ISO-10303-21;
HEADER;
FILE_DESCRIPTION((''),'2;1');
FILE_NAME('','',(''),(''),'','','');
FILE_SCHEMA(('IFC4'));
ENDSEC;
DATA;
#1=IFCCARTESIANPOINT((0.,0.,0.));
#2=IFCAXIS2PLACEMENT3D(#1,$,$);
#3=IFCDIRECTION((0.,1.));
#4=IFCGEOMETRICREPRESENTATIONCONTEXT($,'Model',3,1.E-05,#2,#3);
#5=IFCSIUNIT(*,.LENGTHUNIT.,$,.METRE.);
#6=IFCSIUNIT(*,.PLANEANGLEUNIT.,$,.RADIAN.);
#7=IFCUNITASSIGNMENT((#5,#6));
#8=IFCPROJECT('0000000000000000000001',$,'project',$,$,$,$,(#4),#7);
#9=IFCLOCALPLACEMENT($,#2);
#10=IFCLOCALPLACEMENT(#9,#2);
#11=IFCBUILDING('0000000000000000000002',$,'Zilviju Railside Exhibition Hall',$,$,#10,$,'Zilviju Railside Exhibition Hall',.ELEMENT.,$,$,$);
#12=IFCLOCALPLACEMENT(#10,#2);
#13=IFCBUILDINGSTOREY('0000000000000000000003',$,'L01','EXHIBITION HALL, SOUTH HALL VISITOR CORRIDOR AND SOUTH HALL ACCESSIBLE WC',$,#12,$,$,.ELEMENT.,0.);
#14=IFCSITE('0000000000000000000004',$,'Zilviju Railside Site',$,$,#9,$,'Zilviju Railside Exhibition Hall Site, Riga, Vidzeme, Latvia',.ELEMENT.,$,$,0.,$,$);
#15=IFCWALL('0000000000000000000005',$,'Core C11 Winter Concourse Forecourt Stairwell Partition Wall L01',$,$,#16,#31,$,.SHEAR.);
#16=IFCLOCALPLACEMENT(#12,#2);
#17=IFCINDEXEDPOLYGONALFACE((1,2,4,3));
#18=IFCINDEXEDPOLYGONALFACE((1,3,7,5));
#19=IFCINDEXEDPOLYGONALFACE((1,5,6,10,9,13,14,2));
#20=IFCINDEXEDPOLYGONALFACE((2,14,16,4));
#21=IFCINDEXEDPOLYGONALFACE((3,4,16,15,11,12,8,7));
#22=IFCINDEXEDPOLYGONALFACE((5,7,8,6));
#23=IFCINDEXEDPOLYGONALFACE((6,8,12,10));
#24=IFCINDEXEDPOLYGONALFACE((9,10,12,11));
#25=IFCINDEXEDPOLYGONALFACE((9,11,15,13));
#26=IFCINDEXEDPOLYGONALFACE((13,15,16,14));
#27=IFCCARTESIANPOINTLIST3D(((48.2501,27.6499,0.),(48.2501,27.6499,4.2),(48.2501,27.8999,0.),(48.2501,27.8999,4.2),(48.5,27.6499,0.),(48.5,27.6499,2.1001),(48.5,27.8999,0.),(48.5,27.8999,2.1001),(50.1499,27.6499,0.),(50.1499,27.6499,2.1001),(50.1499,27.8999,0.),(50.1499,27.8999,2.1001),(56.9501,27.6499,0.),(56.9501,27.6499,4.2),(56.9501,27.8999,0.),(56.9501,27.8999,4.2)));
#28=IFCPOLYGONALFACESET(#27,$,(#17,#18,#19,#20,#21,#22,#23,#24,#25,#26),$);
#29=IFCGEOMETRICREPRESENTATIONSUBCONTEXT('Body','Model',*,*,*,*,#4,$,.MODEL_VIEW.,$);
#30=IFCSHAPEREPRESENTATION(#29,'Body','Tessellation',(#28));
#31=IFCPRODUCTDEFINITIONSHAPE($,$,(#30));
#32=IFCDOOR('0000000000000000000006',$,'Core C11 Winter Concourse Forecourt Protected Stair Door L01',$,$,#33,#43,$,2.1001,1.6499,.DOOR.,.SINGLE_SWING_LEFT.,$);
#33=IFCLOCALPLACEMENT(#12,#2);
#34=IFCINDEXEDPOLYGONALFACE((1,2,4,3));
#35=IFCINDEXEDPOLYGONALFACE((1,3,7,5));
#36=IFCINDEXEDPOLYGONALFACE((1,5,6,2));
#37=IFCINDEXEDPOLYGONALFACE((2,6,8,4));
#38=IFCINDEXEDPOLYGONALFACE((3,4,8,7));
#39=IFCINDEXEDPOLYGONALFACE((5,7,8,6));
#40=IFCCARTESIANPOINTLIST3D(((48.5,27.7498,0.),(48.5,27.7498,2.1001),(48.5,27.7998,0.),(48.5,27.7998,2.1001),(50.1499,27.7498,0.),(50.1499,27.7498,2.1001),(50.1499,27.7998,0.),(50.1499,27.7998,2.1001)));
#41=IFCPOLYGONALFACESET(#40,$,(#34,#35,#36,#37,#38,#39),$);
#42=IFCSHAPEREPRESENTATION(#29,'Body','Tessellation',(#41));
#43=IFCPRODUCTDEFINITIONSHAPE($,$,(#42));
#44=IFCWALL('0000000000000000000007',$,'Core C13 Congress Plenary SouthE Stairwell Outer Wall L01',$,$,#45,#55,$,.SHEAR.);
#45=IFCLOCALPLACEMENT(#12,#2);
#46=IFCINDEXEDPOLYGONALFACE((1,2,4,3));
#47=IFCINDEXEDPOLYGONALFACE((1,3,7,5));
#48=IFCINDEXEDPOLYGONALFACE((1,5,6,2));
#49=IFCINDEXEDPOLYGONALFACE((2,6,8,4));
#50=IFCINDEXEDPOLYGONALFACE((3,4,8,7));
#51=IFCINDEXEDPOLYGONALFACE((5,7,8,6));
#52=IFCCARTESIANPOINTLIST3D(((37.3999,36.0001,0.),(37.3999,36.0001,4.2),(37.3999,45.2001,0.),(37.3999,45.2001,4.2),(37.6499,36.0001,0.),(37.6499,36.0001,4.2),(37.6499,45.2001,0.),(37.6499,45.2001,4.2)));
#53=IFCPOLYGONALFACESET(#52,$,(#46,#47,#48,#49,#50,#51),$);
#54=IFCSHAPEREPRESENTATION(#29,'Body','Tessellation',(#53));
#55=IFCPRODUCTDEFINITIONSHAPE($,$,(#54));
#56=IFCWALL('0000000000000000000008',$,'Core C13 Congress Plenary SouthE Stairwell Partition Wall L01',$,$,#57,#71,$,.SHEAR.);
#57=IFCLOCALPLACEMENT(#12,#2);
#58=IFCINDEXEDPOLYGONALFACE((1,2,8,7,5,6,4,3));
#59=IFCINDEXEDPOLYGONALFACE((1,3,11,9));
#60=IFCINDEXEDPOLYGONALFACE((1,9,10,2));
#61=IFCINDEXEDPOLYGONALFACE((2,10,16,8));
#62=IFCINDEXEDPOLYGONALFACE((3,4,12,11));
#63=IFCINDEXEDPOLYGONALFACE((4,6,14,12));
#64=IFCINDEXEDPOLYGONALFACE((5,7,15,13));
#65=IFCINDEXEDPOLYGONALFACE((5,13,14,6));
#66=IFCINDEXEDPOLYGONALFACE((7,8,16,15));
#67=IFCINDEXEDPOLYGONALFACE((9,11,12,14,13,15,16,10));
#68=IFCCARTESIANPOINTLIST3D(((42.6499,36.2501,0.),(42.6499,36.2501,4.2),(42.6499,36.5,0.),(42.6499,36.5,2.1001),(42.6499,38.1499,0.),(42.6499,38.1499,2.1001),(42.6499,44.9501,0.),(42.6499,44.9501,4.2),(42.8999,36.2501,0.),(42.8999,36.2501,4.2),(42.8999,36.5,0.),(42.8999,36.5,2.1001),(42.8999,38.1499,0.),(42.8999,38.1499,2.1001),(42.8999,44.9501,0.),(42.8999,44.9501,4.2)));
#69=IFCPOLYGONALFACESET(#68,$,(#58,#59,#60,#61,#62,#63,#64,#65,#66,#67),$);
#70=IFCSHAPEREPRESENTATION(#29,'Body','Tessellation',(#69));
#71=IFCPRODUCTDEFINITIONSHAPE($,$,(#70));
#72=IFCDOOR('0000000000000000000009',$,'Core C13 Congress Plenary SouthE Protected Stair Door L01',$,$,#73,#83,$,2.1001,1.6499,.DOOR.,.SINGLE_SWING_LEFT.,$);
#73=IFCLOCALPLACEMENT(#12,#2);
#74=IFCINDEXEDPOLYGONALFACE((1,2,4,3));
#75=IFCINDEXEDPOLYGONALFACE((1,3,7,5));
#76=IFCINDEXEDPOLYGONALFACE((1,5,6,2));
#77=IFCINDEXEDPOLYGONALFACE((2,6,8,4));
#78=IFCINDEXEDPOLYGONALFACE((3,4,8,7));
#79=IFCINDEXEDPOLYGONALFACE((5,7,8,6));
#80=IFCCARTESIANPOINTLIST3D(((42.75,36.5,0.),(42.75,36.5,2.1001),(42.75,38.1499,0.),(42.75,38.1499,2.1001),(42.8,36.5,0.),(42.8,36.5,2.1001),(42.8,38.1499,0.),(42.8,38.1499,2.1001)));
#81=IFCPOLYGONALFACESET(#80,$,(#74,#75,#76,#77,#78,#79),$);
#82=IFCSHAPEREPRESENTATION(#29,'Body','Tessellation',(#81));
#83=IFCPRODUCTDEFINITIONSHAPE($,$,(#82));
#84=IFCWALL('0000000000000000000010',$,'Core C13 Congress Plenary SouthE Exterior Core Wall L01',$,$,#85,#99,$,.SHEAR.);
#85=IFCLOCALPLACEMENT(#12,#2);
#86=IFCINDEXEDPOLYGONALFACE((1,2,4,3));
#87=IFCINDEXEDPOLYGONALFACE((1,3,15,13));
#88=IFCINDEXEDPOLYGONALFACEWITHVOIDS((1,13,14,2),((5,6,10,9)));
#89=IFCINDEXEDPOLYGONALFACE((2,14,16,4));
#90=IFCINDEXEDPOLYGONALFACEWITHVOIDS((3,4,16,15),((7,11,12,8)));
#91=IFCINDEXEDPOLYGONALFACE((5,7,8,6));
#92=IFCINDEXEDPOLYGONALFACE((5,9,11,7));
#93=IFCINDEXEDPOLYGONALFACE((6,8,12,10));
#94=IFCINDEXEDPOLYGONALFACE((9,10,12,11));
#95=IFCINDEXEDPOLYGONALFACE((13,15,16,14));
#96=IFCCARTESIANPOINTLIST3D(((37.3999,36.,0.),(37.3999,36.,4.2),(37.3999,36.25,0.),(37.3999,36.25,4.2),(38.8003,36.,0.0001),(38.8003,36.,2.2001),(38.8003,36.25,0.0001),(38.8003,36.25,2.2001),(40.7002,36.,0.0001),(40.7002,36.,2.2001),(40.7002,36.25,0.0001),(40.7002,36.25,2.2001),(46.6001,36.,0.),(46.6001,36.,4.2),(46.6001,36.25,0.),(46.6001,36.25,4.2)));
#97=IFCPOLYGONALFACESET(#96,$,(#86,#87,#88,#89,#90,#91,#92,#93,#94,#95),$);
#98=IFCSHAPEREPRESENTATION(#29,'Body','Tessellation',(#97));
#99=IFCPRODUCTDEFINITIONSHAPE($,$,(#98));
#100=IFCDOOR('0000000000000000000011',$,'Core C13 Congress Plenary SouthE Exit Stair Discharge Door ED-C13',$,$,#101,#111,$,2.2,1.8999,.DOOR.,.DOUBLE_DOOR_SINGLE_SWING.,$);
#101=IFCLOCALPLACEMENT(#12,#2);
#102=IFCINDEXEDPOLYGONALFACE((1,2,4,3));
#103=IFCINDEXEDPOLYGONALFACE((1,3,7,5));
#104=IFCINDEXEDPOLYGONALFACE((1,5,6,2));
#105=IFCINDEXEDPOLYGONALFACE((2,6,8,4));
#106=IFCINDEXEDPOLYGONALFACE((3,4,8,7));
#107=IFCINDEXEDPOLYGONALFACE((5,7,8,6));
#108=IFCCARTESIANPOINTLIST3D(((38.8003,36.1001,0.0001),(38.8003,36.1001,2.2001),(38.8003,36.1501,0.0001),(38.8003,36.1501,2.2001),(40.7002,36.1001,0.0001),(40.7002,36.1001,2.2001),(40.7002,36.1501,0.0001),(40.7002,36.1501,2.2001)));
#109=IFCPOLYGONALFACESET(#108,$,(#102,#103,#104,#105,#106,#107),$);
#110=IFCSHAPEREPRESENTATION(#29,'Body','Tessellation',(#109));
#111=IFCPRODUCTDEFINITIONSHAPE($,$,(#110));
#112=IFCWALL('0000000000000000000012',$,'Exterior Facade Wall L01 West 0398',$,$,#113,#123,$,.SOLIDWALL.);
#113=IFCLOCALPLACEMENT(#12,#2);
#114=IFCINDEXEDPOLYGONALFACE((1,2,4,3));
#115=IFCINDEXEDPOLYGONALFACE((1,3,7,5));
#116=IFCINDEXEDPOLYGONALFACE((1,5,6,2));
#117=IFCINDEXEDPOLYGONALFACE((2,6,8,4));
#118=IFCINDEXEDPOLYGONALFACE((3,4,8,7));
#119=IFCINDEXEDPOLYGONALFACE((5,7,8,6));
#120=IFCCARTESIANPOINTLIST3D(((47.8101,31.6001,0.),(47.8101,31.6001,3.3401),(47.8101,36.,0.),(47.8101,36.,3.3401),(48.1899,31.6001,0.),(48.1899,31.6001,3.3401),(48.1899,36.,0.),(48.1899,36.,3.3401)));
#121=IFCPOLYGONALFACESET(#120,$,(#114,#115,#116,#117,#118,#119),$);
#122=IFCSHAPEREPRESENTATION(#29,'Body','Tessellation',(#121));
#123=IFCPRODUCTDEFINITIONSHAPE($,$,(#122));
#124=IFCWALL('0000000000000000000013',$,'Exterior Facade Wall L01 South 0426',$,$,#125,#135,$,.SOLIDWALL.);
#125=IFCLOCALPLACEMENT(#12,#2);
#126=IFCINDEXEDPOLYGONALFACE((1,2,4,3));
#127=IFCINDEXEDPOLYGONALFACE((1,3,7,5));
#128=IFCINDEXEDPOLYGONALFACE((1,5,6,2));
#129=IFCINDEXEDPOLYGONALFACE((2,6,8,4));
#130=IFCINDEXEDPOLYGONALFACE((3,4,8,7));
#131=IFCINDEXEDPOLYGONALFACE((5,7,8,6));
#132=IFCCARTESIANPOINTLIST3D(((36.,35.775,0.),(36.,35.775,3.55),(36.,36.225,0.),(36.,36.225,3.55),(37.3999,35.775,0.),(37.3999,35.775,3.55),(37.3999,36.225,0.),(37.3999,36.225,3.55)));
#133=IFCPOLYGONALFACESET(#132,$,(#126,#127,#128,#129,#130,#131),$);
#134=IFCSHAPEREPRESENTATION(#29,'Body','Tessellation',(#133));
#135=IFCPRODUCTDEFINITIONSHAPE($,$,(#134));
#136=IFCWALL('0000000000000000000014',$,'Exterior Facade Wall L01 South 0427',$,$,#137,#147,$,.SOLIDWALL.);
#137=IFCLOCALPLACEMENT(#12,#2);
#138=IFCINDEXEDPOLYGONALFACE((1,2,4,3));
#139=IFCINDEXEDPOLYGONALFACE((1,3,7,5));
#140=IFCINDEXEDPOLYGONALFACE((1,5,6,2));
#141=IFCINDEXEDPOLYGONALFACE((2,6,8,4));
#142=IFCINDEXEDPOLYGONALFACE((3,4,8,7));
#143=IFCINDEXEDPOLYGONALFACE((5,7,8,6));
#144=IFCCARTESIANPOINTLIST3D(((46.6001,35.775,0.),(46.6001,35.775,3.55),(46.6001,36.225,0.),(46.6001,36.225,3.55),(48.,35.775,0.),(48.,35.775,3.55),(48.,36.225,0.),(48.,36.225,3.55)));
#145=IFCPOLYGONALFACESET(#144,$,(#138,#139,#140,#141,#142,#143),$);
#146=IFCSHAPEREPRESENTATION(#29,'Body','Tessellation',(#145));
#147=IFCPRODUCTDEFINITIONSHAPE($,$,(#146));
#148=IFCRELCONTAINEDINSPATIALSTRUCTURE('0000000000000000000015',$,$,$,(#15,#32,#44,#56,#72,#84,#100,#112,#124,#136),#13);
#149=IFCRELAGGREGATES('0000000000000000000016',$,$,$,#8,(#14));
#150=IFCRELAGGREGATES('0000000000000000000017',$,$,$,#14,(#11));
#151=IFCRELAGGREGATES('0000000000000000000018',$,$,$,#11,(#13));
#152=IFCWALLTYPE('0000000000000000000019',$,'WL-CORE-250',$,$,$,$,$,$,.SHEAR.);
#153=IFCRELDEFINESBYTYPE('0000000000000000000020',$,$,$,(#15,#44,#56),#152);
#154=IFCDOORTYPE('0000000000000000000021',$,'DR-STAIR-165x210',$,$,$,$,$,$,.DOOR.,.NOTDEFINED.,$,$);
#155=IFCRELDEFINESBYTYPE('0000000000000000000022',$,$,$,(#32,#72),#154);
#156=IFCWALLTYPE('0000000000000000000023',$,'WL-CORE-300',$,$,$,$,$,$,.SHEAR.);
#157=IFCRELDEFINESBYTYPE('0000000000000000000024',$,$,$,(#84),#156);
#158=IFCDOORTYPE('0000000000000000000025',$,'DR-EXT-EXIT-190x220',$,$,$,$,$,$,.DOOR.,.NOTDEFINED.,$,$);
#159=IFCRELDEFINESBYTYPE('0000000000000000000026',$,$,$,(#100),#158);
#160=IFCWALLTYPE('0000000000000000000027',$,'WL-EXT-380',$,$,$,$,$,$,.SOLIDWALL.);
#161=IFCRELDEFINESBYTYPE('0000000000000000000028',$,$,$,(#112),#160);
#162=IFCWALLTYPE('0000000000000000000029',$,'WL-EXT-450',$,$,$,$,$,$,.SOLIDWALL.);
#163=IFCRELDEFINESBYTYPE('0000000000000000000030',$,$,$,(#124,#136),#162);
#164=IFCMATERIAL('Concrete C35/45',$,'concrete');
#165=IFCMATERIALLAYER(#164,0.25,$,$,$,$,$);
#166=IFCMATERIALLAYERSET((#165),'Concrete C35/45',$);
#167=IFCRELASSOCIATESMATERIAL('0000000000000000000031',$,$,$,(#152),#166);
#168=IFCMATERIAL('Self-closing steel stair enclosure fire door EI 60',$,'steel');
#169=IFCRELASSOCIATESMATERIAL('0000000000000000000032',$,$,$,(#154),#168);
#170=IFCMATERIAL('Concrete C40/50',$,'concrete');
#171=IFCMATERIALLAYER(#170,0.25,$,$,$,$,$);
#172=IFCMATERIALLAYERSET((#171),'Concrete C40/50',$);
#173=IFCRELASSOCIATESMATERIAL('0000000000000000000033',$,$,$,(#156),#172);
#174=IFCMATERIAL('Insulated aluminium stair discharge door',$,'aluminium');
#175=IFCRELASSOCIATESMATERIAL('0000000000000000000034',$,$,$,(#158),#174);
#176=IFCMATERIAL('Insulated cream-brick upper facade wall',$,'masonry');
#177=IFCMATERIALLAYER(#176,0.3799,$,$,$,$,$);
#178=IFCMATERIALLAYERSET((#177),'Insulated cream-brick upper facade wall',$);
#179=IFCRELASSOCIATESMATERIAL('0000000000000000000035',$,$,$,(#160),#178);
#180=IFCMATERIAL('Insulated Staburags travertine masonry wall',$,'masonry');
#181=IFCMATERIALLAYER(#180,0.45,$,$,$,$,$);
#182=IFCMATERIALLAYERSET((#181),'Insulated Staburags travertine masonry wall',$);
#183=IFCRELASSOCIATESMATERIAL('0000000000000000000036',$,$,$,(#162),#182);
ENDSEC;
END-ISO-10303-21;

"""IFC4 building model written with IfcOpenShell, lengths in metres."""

from ifc_helpers import new_model, si_unit, direction, frame, frame_2d, origin, place, context, subcontext, project, spatial, rectangle, extrude, material, layer, layer_set, type_object, element, fill, save


model = new_model("IFC4")

# Units and contexts
model_context = context("Model", 3, precision=1e-05, world=origin(), true_north=direction((0.0, 1.0)))
body_context = subcontext(model_context, "Body", "Model", "MODEL_VIEW")
ifc_project = project(units=[si_unit("LENGTHUNIT", "METRE"), si_unit("PLANEANGLEUNIT", "RADIAN")], contexts=[model_context])

# Site, building, storey
site_placement = place(None, origin())
site = spatial("IfcSite", under=ifc_project, at=site_placement, Name="Zilviju Railside Site", LongName="Zilviju Railside Exhibition Hall Site, Riga, Vidzeme, Latvia", CompositionType="ELEMENT", RefElevation=0.0)
building_placement = place(site_placement, origin())
building = spatial("IfcBuilding", under=site, at=building_placement, Name="Zilviju Railside Exhibition Hall", LongName="Zilviju Railside Exhibition Hall", CompositionType="ELEMENT")
storey_placement = place(building_placement, origin())
storey = spatial("IfcBuildingStorey", under=building, at=storey_placement, Name="L01", Description="EXHIBITION HALL, SOUTH HALL VISITOR CORRIDOR AND SOUTH HALL ACCESSIBLE WC", CompositionType="ELEMENT", Elevation=0.0)

# Shared definitions
ifc_material_1 = material(Name="Concrete C35/45", Category="concrete")

# Wall, opening, door
ifc_layer_1 = layer(ifc_material_1, 0.25)
ifc_layer_set_1 = layer_set([ifc_layer_1], Name="Concrete C35/45")
wall_type_1 = type_object("IfcWallType", Name="WL-CORE-250", PredefinedType="SHEAR", material=ifc_layer_set_1)
wall_1_placement = place(storey_placement, frame((48.25, 27.7749, 0.0), z_axis=(0.0, 0.0, 1.0), x_axis=(1.0, 0.0, 0.0)))
wall_1 = element("IfcWall", 1, at=wall_1_placement, inside=storey, type_object=wall_type_1, Name="Core C11 Winter Concourse Forecourt Stairwell Partition Wall L01", PredefinedType="SHEAR", context=body_context, shape_type="SweptSolid", body=[
    extrude(rectangle(XDim=8.7, YDim=0.25, at=frame_2d((4.3501, 0.0))), origin(), (0.0, 0.0, 1.0), 4.2),
])
opening_1_placement = place(wall_1_placement, frame((0.25, 0.0, 0.0)))
opening_1 = element("IfcOpeningElement", 2, at=opening_1_placement, cuts=wall_1, PredefinedType="OPENING", context=body_context, shape_type="SweptSolid", body=[
    extrude(rectangle(XDim=1.6499, YDim=2.1001, at=frame_2d((0.825, 1.05))), frame((0.0, 0.135, 0.0), z_axis=(0.0, -1.0, 0.0), x_axis=(1.0, 0.0, 0.0)), (0.0, 0.0, 1.0), 0.27),
])
ifc_material_2 = material(Name="Self-closing steel stair enclosure fire door EI 60", Category="steel")
door_type_1 = type_object("IfcDoorType", Name="DR-STAIR-165x210", OperationType="NOTDEFINED", PredefinedType="DOOR", material=ifc_material_2)
door_1_placement = place(opening_1_placement, origin())
door_1 = element("IfcDoor", 3, at=door_1_placement, inside=storey, type_object=door_type_1, Name="Core C11 Winter Concourse Forecourt Protected Stair Door L01", OperationType="SINGLE_SWING_LEFT", OverallHeight=2.1001, OverallWidth=1.6499, PredefinedType="DOOR", context=body_context, shape_type="SweptSolid", body=[
    extrude(rectangle(XDim=1.6499, YDim=2.1001, at=frame_2d((0.825, 1.05))), frame((0.0, 0.0249, 0.0), z_axis=(0.0, -1.0, 0.0), x_axis=(1.0, 0.0, 0.0)), (0.0, 0.0, 1.0), 0.05),
])
fill(opening_1, door_1)

# Wall
wall_2_placement = place(storey_placement, frame((37.5249, 36.0, 0.0), z_axis=(0.0, 0.0, 1.0), x_axis=(0.0, 1.0, 0.0)))
element("IfcWall", 4, at=wall_2_placement, inside=storey, type_object=wall_type_1, Name="Core C13 Congress Plenary SouthE Stairwell Outer Wall L01", PredefinedType="SHEAR", context=body_context, shape_type="SweptSolid", body=[
    extrude(rectangle(XDim=9.2, YDim=0.25, at=frame_2d((4.6001, 0.0))), origin(), (0.0, 0.0, 1.0), 4.2),
])

# Walls, openings, doors
wall_3_placement = place(storey_placement, frame((42.7749, 36.25, 0.0), z_axis=(0.0, 0.0, 1.0), x_axis=(0.0, 1.0, 0.0)))
wall_3 = element("IfcWall", 5, at=wall_3_placement, inside=storey, type_object=wall_type_1, Name="Core C13 Congress Plenary SouthE Stairwell Partition Wall L01", PredefinedType="SHEAR", context=body_context, shape_type="SweptSolid", body=[
    extrude(rectangle(XDim=8.7, YDim=0.25, at=frame_2d((4.3501, 0.0))), origin(), (0.0, 0.0, 1.0), 4.2),
])
opening_2_placement = place(wall_3_placement, frame((0.25, 0.0, 0.0)))
opening_2 = element("IfcOpeningElement", 6, at=opening_2_placement, cuts=wall_3, PredefinedType="OPENING", context=body_context, shape_type="SweptSolid", body=[
    extrude(rectangle(XDim=1.6499, YDim=2.1001, at=frame_2d((0.825, 1.05))), frame((0.0, 0.135, 0.0), z_axis=(0.0, -1.0, 0.0), x_axis=(1.0, 0.0, 0.0)), (0.0, 0.0, 1.0), 0.27),
])
door_2_placement = place(opening_2_placement, origin())
door_2 = element("IfcDoor", 7, at=door_2_placement, inside=storey, type_object=door_type_1, Name="Core C13 Congress Plenary SouthE Protected Stair Door L01", OperationType="SINGLE_SWING_LEFT", OverallHeight=2.1001, OverallWidth=1.6499, PredefinedType="DOOR", context=body_context, shape_type="SweptSolid", body=[
    extrude(rectangle(XDim=1.6499, YDim=2.1001, at=frame_2d((0.825, 1.05))), frame((0.0, 0.0249, 0.0), z_axis=(0.0, -1.0, 0.0), x_axis=(1.0, 0.0, 0.0)), (0.0, 0.0, 1.0), 0.05),
])
fill(opening_2, door_2)
ifc_material_3 = material(Name="Concrete C40/50", Category="concrete")
ifc_layer_2 = layer(ifc_material_3, 0.25)
ifc_layer_set_2 = layer_set([ifc_layer_2], Name="Concrete C40/50")
wall_type_2 = type_object("IfcWallType", Name="WL-CORE-300", PredefinedType="SHEAR", material=ifc_layer_set_2)
wall_4_placement = place(storey_placement, frame((46.6001, 36.125, 0.0), z_axis=(0.0, 0.0, 1.0), x_axis=(-1.0, 0.0, 0.0)))
wall_4 = element("IfcWall", 8, at=wall_4_placement, inside=storey, type_object=wall_type_2, Name="Core C13 Congress Plenary SouthE Exterior Core Wall L01", PredefinedType="SHEAR", context=body_context, shape_type="SweptSolid", body=[
    extrude(rectangle(XDim=9.2002, YDim=0.25, at=frame_2d((4.6001, 0.0))), origin(), (0.0, 0.0, 1.0), 4.2),
])
opening_3_placement = place(wall_4_placement, frame((5.8999, 0.0, 0.0)))
opening_3 = element("IfcOpeningElement", 9, at=opening_3_placement, cuts=wall_4, PredefinedType="OPENING", context=body_context, shape_type="SweptSolid", body=[
    extrude(rectangle(XDim=1.8999, YDim=2.2, at=frame_2d((0.95, 1.1001))), frame((0.0, 0.135, 0.0), z_axis=(0.0, -1.0, 0.0), x_axis=(1.0, 0.0, 0.0)), (0.0, 0.0, 1.0), 0.27),
])
ifc_material_4 = material(Name="Insulated aluminium stair discharge door", Category="aluminium")
door_type_2 = type_object("IfcDoorType", Name="DR-EXT-EXIT-190x220", OperationType="NOTDEFINED", PredefinedType="DOOR", material=ifc_material_4)
door_3_placement = place(opening_3_placement, origin())
door_3 = element("IfcDoor", 10, at=door_3_placement, inside=storey, type_object=door_type_2, Name="Core C13 Congress Plenary SouthE Exit Stair Discharge Door ED-C13", OperationType="DOUBLE_DOOR_SINGLE_SWING", OverallHeight=2.2, OverallWidth=1.8999, PredefinedType="DOOR", context=body_context, shape_type="SweptSolid", body=[
    extrude(rectangle(XDim=1.8999, YDim=2.2, at=frame_2d((0.95, 1.1001))), frame((0.0, 0.0249, 0.0), z_axis=(0.0, -1.0, 0.0), x_axis=(1.0, 0.0, 0.0)), (0.0, 0.0, 1.0), 0.05),
])
fill(opening_3, door_3)

# Walls
ifc_material_5 = material(Name="Insulated cream-brick upper facade wall", Category="masonry")
ifc_layer_3 = layer(ifc_material_5, 0.3799)
ifc_layer_set_3 = layer_set([ifc_layer_3], Name="Insulated cream-brick upper facade wall")
wall_type_3 = type_object("IfcWallType", Name="WL-EXT-380", PredefinedType="SOLIDWALL", material=ifc_layer_set_3)
wall_5_placement = place(storey_placement, frame((48.0, 31.6001, 0.0), z_axis=(0.0, 0.0, 1.0), x_axis=(0.0, 1.0, 0.0)))
element("IfcWall", 11, at=wall_5_placement, inside=storey, type_object=wall_type_3, Name="Exterior Facade Wall L01 West 0398", PredefinedType="SOLIDWALL", context=body_context, shape_type="SweptSolid", body=[
    extrude(rectangle(XDim=4.3999, YDim=0.3799, at=frame_2d((2.2, 0.0))), origin(), (0.0, 0.0, 1.0), 3.3401),
])
ifc_material_6 = material(Name="Insulated Staburags travertine masonry wall", Category="masonry")
ifc_layer_4 = layer(ifc_material_6, 0.45)
ifc_layer_set_4 = layer_set([ifc_layer_4], Name="Insulated Staburags travertine masonry wall")
wall_type_4 = type_object("IfcWallType", Name="WL-EXT-450", PredefinedType="SOLIDWALL", material=ifc_layer_set_4)
for number, where, z_axis, x_axis, name in (
    (12, (37.3999, 36.0, 0.0), (0.0, 0.0, 1.0), (-1.0, 0.0, 0.0), "Exterior Facade Wall L01 South 0426"),
    (13, (48.0, 36.0, 0.0), (0.0, 0.0, 1.0), (-1.0, 0.0, 0.0), "Exterior Facade Wall L01 South 0427"),
):
    element("IfcWall", number, at=place(storey_placement, frame(where, z_axis=z_axis, x_axis=x_axis)), inside=storey, type_object=wall_type_4, Name=name, PredefinedType="SOLIDWALL", context=body_context, shape_type="SweptSolid", body=[
        extrude(rectangle(XDim=1.3999, YDim=0.45, at=frame_2d((0.7, 0.0))), origin(), (0.0, 0.0, 1.0), 3.55),
    ])

save(model, "model.ifc")
